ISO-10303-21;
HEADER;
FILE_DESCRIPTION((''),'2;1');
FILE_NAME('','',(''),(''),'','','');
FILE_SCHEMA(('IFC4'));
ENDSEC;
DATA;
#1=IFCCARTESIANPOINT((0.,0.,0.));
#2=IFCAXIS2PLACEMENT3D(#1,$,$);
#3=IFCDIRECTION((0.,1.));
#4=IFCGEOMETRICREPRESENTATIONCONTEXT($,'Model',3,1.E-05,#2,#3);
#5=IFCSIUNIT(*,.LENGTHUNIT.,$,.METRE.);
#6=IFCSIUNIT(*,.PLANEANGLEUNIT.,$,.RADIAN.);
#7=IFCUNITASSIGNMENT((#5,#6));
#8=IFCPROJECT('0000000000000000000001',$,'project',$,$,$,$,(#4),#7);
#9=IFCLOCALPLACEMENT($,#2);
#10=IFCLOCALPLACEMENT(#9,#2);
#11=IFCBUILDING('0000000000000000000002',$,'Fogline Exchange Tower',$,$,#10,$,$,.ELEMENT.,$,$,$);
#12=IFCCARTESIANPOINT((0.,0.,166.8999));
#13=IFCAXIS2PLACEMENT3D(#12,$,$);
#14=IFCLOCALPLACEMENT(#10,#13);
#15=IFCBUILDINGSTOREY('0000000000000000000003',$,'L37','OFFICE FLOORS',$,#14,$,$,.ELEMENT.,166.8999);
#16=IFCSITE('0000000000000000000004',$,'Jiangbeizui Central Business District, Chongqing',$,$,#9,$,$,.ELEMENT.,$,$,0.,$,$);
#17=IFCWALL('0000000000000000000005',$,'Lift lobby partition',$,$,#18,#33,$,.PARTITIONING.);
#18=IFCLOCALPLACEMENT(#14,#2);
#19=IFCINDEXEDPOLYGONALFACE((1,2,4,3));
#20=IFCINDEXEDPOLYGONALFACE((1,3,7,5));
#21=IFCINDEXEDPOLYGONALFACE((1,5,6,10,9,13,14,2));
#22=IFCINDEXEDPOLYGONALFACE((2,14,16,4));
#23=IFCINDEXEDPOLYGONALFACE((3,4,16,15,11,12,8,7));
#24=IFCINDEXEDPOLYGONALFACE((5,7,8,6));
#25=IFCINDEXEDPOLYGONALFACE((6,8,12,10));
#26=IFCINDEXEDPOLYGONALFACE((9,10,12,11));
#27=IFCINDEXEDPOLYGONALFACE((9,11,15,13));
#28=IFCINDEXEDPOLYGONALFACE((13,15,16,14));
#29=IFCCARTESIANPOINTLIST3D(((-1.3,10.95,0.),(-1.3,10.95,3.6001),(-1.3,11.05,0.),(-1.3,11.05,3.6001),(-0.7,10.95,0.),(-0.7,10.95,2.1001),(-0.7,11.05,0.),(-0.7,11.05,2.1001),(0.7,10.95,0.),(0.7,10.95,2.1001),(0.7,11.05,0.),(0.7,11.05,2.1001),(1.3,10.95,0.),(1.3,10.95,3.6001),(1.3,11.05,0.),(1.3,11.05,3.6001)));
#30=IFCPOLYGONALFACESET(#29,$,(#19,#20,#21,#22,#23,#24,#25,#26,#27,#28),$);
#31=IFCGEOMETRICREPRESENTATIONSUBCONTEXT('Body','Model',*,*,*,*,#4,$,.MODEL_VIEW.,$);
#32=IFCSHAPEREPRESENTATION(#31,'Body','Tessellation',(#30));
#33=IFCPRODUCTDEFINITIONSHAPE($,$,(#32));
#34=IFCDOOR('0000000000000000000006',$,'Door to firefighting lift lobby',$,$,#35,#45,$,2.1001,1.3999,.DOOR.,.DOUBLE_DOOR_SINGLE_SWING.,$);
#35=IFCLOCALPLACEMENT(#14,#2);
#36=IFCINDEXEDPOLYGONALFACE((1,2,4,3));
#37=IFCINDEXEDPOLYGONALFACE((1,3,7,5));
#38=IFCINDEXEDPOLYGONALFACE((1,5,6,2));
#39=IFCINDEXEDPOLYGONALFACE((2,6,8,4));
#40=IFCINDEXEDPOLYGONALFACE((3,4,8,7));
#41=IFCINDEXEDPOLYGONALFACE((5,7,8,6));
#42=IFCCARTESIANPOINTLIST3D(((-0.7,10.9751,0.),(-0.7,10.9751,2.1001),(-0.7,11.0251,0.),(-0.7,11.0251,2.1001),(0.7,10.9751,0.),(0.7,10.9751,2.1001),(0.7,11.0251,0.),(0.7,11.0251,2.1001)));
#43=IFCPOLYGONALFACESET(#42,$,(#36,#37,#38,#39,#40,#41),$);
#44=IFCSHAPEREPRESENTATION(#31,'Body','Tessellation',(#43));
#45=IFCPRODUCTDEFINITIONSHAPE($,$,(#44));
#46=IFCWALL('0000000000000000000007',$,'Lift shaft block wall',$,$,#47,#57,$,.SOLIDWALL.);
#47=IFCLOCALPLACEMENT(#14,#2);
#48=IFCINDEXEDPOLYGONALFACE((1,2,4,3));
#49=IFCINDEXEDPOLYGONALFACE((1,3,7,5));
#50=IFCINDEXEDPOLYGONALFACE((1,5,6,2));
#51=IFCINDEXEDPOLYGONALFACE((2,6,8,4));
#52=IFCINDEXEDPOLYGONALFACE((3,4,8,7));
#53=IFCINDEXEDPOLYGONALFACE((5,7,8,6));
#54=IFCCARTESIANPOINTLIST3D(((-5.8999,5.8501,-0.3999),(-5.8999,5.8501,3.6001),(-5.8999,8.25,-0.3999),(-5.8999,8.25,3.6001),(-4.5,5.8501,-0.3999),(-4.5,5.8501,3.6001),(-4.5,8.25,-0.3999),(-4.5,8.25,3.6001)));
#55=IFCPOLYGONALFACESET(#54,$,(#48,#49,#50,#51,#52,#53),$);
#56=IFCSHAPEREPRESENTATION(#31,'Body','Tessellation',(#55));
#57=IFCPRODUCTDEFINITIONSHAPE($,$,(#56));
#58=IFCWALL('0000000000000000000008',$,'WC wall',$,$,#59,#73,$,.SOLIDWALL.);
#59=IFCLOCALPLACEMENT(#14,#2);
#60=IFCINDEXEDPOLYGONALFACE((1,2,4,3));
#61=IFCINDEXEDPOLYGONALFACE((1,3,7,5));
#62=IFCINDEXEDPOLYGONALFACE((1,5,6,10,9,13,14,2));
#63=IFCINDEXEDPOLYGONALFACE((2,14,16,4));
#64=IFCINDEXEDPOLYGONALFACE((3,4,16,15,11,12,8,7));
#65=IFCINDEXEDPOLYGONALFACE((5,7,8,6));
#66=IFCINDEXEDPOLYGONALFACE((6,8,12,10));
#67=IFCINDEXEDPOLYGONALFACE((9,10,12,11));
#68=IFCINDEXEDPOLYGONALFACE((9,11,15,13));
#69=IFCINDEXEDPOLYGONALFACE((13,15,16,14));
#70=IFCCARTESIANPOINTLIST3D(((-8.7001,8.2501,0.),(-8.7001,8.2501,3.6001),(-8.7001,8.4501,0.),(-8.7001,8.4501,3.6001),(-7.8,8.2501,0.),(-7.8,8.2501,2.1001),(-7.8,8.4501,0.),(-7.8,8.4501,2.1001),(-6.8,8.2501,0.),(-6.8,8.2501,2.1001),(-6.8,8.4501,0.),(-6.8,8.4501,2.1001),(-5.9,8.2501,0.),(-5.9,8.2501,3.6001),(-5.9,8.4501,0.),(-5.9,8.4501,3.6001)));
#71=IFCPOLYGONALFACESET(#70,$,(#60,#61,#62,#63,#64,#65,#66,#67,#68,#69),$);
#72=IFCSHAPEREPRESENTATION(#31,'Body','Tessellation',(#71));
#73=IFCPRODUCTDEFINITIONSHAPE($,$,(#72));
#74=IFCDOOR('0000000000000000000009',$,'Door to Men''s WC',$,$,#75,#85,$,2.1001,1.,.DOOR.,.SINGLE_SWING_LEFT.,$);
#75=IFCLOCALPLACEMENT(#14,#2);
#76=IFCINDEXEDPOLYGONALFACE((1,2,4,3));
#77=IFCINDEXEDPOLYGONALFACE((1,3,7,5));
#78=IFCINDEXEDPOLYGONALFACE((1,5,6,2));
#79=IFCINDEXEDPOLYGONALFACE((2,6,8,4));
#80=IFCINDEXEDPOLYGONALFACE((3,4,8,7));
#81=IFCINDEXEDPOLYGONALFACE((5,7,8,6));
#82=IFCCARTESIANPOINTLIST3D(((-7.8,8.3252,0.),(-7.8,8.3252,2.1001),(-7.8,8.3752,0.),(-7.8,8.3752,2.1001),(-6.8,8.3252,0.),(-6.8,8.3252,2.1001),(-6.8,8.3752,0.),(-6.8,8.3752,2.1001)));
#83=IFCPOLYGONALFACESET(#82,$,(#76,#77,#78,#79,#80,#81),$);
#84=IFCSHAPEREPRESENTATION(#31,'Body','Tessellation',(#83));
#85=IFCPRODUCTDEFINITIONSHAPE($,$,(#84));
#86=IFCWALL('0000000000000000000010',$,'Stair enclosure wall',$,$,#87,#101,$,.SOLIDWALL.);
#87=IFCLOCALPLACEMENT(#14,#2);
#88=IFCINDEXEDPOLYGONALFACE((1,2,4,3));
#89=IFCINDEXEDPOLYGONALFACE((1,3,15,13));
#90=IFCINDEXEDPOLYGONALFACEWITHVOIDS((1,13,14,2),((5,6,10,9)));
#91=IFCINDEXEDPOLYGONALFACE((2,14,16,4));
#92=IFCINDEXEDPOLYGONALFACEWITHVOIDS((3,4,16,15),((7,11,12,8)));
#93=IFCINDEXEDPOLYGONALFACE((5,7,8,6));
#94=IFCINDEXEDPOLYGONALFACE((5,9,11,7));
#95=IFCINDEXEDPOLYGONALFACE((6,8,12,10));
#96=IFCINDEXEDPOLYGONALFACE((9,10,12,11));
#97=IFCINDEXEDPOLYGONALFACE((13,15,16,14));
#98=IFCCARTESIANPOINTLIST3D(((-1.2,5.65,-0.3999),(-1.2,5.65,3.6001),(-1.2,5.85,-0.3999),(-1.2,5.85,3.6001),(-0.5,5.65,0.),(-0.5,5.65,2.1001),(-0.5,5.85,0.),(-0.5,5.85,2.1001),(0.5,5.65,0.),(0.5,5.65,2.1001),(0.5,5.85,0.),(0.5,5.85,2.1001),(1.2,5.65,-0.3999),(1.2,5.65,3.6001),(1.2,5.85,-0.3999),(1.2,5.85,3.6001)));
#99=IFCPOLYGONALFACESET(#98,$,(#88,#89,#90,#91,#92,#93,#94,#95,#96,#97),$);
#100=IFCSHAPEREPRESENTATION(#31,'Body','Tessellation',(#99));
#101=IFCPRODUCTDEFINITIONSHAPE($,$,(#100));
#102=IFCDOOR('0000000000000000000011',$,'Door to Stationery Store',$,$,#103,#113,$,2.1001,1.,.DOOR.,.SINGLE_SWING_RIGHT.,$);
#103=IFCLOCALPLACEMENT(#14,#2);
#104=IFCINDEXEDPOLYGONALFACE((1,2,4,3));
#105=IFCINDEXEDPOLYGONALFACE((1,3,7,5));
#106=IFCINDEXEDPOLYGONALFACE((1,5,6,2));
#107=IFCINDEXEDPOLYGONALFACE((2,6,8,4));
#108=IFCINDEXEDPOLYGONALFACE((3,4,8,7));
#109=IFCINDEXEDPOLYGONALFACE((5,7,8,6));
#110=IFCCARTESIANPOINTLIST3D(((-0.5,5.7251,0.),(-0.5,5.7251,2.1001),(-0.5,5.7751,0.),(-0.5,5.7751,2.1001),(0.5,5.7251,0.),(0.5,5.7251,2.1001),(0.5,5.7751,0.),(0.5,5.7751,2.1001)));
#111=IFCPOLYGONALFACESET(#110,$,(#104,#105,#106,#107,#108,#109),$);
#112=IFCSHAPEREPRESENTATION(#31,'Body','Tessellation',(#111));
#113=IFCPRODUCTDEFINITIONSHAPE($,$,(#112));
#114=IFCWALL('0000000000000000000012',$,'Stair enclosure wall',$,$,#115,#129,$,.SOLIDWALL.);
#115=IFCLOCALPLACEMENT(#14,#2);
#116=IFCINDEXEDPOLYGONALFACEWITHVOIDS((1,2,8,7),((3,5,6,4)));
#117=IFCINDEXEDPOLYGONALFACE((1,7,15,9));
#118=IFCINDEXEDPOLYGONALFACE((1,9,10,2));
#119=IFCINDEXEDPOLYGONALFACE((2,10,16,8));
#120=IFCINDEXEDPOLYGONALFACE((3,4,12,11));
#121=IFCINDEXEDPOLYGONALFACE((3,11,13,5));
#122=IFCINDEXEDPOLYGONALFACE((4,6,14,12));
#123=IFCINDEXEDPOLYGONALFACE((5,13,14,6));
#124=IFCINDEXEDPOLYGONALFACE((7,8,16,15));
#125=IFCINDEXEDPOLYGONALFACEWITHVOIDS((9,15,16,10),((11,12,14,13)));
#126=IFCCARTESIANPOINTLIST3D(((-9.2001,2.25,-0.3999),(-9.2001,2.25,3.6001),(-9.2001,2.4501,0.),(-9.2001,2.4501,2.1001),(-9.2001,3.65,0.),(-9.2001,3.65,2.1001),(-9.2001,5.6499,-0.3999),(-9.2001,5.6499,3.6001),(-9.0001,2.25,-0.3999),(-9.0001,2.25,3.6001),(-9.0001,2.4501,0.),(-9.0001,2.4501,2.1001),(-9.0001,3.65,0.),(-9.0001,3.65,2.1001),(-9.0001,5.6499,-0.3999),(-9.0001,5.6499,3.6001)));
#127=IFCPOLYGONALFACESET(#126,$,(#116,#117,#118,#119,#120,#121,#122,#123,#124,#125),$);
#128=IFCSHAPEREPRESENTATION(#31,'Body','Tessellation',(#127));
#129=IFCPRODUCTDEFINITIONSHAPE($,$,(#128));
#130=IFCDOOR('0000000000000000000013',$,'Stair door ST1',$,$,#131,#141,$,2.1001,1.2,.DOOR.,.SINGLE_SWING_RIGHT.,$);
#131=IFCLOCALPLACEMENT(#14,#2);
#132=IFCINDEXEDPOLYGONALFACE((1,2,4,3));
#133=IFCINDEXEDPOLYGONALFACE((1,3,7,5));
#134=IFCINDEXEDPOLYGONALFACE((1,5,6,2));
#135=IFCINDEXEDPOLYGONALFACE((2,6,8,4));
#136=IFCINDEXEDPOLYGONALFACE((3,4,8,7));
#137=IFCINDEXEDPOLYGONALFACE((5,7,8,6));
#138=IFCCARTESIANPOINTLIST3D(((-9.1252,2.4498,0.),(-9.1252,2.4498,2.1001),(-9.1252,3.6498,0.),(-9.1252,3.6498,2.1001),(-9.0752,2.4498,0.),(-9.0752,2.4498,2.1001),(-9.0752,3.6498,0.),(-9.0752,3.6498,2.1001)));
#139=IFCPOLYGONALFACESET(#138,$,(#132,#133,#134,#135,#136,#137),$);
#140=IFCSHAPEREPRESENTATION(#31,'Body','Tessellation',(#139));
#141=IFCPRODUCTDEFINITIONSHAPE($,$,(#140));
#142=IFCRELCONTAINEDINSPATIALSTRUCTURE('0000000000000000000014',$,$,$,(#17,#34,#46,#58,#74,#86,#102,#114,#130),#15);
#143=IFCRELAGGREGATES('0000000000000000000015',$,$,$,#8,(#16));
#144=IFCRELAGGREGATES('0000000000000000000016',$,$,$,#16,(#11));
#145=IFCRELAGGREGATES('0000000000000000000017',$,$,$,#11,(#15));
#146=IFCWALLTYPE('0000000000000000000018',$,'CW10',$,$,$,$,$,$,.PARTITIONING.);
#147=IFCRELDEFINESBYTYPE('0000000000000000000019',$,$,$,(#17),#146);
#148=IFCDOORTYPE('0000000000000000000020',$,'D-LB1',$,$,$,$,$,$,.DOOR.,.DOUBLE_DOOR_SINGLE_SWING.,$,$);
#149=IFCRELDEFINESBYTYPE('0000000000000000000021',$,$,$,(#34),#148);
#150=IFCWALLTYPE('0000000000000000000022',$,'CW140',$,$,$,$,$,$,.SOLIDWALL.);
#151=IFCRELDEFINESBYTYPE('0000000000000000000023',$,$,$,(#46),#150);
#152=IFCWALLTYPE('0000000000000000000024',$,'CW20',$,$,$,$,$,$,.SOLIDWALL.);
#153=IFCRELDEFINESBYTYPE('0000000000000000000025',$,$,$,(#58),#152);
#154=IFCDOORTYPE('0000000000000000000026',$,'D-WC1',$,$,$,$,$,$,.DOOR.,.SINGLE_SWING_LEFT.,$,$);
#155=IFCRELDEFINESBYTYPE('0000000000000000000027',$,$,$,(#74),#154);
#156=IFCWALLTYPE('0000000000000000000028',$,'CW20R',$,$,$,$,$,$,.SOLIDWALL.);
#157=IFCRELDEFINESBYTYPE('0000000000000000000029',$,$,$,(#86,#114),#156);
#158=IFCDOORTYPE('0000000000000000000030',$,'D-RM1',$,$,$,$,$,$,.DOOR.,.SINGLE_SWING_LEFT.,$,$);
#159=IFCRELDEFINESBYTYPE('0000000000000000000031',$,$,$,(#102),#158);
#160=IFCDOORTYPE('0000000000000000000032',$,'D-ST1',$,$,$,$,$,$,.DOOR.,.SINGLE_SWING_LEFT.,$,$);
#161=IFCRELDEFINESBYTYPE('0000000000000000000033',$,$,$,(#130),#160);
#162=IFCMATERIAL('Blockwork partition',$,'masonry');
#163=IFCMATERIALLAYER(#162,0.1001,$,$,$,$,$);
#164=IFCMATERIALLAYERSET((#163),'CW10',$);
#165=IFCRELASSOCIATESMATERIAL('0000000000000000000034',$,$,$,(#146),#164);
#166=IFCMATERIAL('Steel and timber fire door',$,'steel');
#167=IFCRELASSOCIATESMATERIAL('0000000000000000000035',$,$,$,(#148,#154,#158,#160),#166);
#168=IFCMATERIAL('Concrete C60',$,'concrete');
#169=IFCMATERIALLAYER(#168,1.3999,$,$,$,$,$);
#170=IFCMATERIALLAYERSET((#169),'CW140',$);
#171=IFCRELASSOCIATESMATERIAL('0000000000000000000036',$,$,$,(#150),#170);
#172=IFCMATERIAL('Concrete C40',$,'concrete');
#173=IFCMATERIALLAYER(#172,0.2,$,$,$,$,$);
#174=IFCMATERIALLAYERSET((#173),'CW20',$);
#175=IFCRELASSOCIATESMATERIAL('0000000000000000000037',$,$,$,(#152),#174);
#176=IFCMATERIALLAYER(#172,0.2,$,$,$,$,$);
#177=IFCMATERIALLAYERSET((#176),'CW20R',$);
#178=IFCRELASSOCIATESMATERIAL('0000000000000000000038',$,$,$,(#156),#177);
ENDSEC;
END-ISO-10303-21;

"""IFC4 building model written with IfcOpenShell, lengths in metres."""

from ifc_helpers import new_model, si_unit, direction, frame, frame_2d, origin, place, context, subcontext, project, spatial, rectangle, extrude, material, layer, layer_set, type_object, element, fill, save


model = new_model("IFC4")

# Units and contexts
model_context = context("Model", 3, precision=1e-05, world=origin(), true_north=direction((0.0, 1.0)))
body_context = subcontext(model_context, "Body", "Model", "MODEL_VIEW")
ifc_project = project(units=[si_unit("LENGTHUNIT", "METRE"), si_unit("PLANEANGLEUNIT", "RADIAN")], contexts=[model_context])

# Site, building, storey
site_placement = place(None, origin())
site = spatial("IfcSite", under=ifc_project, at=site_placement, Name="Jiangbeizui Central Business District, Chongqing", CompositionType="ELEMENT", RefElevation=0.0)
building_placement = place(site_placement, origin())
building = spatial("IfcBuilding", under=site, at=building_placement, Name="Fogline Exchange Tower", CompositionType="ELEMENT")
storey_placement = place(building_placement, frame((0.0, 0.0, 166.8999)))
storey = spatial("IfcBuildingStorey", under=building, at=storey_placement, Name="L37", Description="OFFICE FLOORS", CompositionType="ELEMENT", Elevation=166.8999)

# Wall, opening, door
ifc_material_1 = material(Name="Blockwork partition", Category="masonry")
ifc_layer_1 = layer(ifc_material_1, 0.1001)
ifc_layer_set_1 = layer_set([ifc_layer_1], Name="CW10")
wall_type_1 = type_object("IfcWallType", Name="CW10", PredefinedType="PARTITIONING", material=ifc_layer_set_1)
wall_1_placement = place(storey_placement, frame((-1.3, 11.0, 0.0), z_axis=(0.0, 0.0, 1.0), x_axis=(1.0, 0.0, 0.0)))
wall_1 = element("IfcWall", 1, at=wall_1_placement, inside=storey, type_object=wall_type_1, Name="Lift lobby partition", PredefinedType="PARTITIONING", context=body_context, shape_type="SweptSolid", body=[
    extrude(rectangle(XDim=2.6001, YDim=0.1001, at=frame_2d((1.3, 0.0))), origin(), (0.0, 0.0, 1.0), 3.6001),
])
opening_1_placement = place(wall_1_placement, frame((0.6001, 0.0, 0.0)))
opening_1 = element("IfcOpeningElement", 2, at=opening_1_placement, cuts=wall_1, PredefinedType="OPENING", context=body_context, shape_type="SweptSolid", body=[
    extrude(rectangle(XDim=1.3999, YDim=2.1001, at=frame_2d((0.7, 1.05))), frame((0.0, 0.0601, 0.0), z_axis=(0.0, -1.0, 0.0), x_axis=(1.0, 0.0, 0.0)), (0.0, 0.0, 1.0), 0.1201),
])
ifc_material_2 = material(Name="Steel and timber fire door", Category="steel")
door_type_1 = type_object("IfcDoorType", Name="D-LB1", OperationType="DOUBLE_DOOR_SINGLE_SWING", PredefinedType="DOOR", material=ifc_material_2)
door_1_placement = place(opening_1_placement, frame((1.3999, 0.0, 0.0), z_axis=(0.0, 0.0, 1.0), x_axis=(-1.0, 0.0, 0.0)))
door_1 = element("IfcDoor", 3, at=door_1_placement, inside=storey, type_object=door_type_1, Name="Door to firefighting lift lobby", OperationType="DOUBLE_DOOR_SINGLE_SWING", OverallHeight=2.1001, OverallWidth=1.3999, PredefinedType="DOOR", context=body_context, shape_type="SweptSolid", body=[
    extrude(rectangle(XDim=1.3999, YDim=2.1001, at=frame_2d((0.7, 1.05))), frame((0.0, 0.0249, 0.0), z_axis=(0.0, -1.0, 0.0), x_axis=(1.0, 0.0, 0.0)), (0.0, 0.0, 1.0), 0.05),
])
fill(opening_1, door_1)

# Wall
ifc_material_3 = material(Name="Concrete C60", Category="concrete")
ifc_layer_2 = layer(ifc_material_3, 1.3999)
ifc_layer_set_2 = layer_set([ifc_layer_2], Name="CW140")
wall_type_2 = type_object("IfcWallType", Name="CW140", PredefinedType="SOLIDWALL", material=ifc_layer_set_2)
wall_2_placement = place(storey_placement, frame((-5.2, 5.8501, -0.3999), z_axis=(0.0, 0.0, 1.0), x_axis=(0.0, 1.0, 0.0)))
element("IfcWall", 4, at=wall_2_placement, inside=storey, type_object=wall_type_2, Name="Lift shaft block wall", PredefinedType="SOLIDWALL", context=body_context, shape_type="SweptSolid", body=[
    extrude(rectangle(XDim=2.3999, YDim=1.3999, at=frame_2d((1.2, 0.0))), origin(), (0.0, 0.0, 1.0), 4.0),
])

# Walls, openings, doors
ifc_material_4 = material(Name="Concrete C40", Category="concrete")
ifc_layer_3 = layer(ifc_material_4, 0.2)
ifc_layer_set_3 = layer_set([ifc_layer_3], Name="CW20")
wall_type_3 = type_object("IfcWallType", Name="CW20", PredefinedType="SOLIDWALL", material=ifc_layer_set_3)
wall_3_placement = place(storey_placement, frame((-8.7, 8.3501, 0.0), z_axis=(0.0, 0.0, 1.0), x_axis=(1.0, 0.0, 0.0)))
wall_3 = element("IfcWall", 5, at=wall_3_placement, inside=storey, type_object=wall_type_3, Name="WC wall", PredefinedType="SOLIDWALL", context=body_context, shape_type="SweptSolid", body=[
    extrude(rectangle(XDim=2.8, YDim=0.2, at=frame_2d((1.3999, 0.0))), origin(), (0.0, 0.0, 1.0), 3.6001),
])
opening_2_placement = place(wall_3_placement, frame((0.8999, 0.0, 0.0)))
opening_2 = element("IfcOpeningElement", 6, at=opening_2_placement, cuts=wall_3, PredefinedType="OPENING", context=body_context, shape_type="SweptSolid", body=[
    extrude(rectangle(XDim=1.0, YDim=2.1001, at=frame_2d((0.5, 1.05))), frame((0.0, 0.1099, 0.0), z_axis=(0.0, -1.0, 0.0), x_axis=(1.0, 0.0, 0.0)), (0.0, 0.0, 1.0), 0.22),
])
door_type_2 = type_object("IfcDoorType", Name="D-WC1", OperationType="SINGLE_SWING_LEFT", PredefinedType="DOOR", material=ifc_material_2)
door_2_placement = place(opening_2_placement, frame((1.0, 0.0, 0.0), z_axis=(0.0, 0.0, 1.0), x_axis=(-1.0, 0.0, 0.0)))
door_2 = element("IfcDoor", 7, at=door_2_placement, inside=storey, type_object=door_type_2, Name="Door to Men's WC", OperationType="SINGLE_SWING_LEFT", OverallHeight=2.1001, OverallWidth=1.0, PredefinedType="DOOR", context=body_context, shape_type="SweptSolid", body=[
    extrude(rectangle(XDim=1.0, YDim=2.1001, at=frame_2d((0.5, 1.05))), frame((0.0, 0.0249, 0.0), z_axis=(0.0, -1.0, 0.0), x_axis=(1.0, 0.0, 0.0)), (0.0, 0.0, 1.0), 0.05),
])
fill(opening_2, door_2)
ifc_layer_4 = layer(ifc_material_4, 0.2)
ifc_layer_set_4 = layer_set([ifc_layer_4], Name="CW20R")
wall_type_4 = type_object("IfcWallType", Name="CW20R", PredefinedType="SOLIDWALL", material=ifc_layer_set_4)
wall_4_placement = place(storey_placement, frame((-1.2, 5.75, -0.3999), z_axis=(0.0, 0.0, 1.0), x_axis=(1.0, 0.0, 0.0)))
wall_4 = element("IfcWall", 8, at=wall_4_placement, inside=storey, type_object=wall_type_4, Name="Stair enclosure wall", PredefinedType="SOLIDWALL", context=body_context, shape_type="SweptSolid", body=[
    extrude(rectangle(XDim=2.3999, YDim=0.2, at=frame_2d((1.2, 0.0))), origin(), (0.0, 0.0, 1.0), 4.0),
])
opening_3_placement = place(wall_4_placement, frame((0.7, 0.0, 0.3999)))
opening_3 = element("IfcOpeningElement", 9, at=opening_3_placement, cuts=wall_4, PredefinedType="OPENING", context=body_context, shape_type="SweptSolid", body=[
    extrude(rectangle(XDim=1.0, YDim=2.1001, at=frame_2d((0.5, 1.05))), frame((0.0, 0.1099, 0.0), z_axis=(0.0, -1.0, 0.0), x_axis=(1.0, 0.0, 0.0)), (0.0, 0.0, 1.0), 0.22),
])
door_type_3 = type_object("IfcDoorType", Name="D-RM1", OperationType="SINGLE_SWING_LEFT", PredefinedType="DOOR", material=ifc_material_2)
door_3_placement = place(opening_3_placement, frame((1.0, 0.0, 0.0), z_axis=(0.0, 0.0, 1.0), x_axis=(-1.0, 0.0, 0.0)))
door_3 = element("IfcDoor", 10, at=door_3_placement, inside=storey, type_object=door_type_3, Name="Door to Stationery Store", OperationType="SINGLE_SWING_RIGHT", OverallHeight=2.1001, OverallWidth=1.0, PredefinedType="DOOR", context=body_context, shape_type="SweptSolid", body=[
    extrude(rectangle(XDim=1.0, YDim=2.1001, at=frame_2d((0.5, 1.05))), frame((0.0, 0.0249, 0.0), z_axis=(0.0, -1.0, 0.0), x_axis=(1.0, 0.0, 0.0)), (0.0, 0.0, 1.0), 0.05),
])
fill(opening_3, door_3)
wall_5_placement = place(storey_placement, frame((-9.1001, 2.25, -0.3999), z_axis=(0.0, 0.0, 1.0), x_axis=(0.0, 1.0, 0.0)))
wall_5 = element("IfcWall", 11, at=wall_5_placement, inside=storey, type_object=wall_type_4, Name="Stair enclosure wall", PredefinedType="SOLIDWALL", context=body_context, shape_type="SweptSolid", body=[
    extrude(rectangle(XDim=3.3999, YDim=0.2, at=frame_2d((1.7, 0.0))), origin(), (0.0, 0.0, 1.0), 4.0),
])
opening_4_placement = place(wall_5_placement, frame((0.2, 0.0, 0.3999)))
opening_4 = element("IfcOpeningElement", 12, at=opening_4_placement, cuts=wall_5, PredefinedType="OPENING", context=body_context, shape_type="SweptSolid", body=[
    extrude(rectangle(XDim=1.2, YDim=2.1001, at=frame_2d((0.6001, 1.05))), frame((0.0, 0.1099, 0.0), z_axis=(0.0, -1.0, 0.0), x_axis=(1.0, 0.0, 0.0)), (0.0, 0.0, 1.0), 0.22),
])
door_type_4 = type_object("IfcDoorType", Name="D-ST1", OperationType="SINGLE_SWING_LEFT", PredefinedType="DOOR", material=ifc_material_2)
door_4_placement = place(opening_4_placement, frame((1.2, 0.0, 0.0), z_axis=(0.0, 0.0, 1.0), x_axis=(-1.0, 0.0, 0.0)))
door_4 = element("IfcDoor", 13, at=door_4_placement, inside=storey, type_object=door_type_4, Name="Stair door ST1", OperationType="SINGLE_SWING_RIGHT", OverallHeight=2.1001, OverallWidth=1.2, PredefinedType="DOOR", context=body_context, shape_type="SweptSolid", body=[
    extrude(rectangle(XDim=1.2, YDim=2.1001, at=frame_2d((0.6001, 1.05))), frame((0.0, 0.0249, 0.0), z_axis=(0.0, -1.0, 0.0), x_axis=(1.0, 0.0, 0.0)), (0.0, 0.0, 1.0), 0.05),
])
fill(opening_4, door_4)

save(model, "model.ifc")
